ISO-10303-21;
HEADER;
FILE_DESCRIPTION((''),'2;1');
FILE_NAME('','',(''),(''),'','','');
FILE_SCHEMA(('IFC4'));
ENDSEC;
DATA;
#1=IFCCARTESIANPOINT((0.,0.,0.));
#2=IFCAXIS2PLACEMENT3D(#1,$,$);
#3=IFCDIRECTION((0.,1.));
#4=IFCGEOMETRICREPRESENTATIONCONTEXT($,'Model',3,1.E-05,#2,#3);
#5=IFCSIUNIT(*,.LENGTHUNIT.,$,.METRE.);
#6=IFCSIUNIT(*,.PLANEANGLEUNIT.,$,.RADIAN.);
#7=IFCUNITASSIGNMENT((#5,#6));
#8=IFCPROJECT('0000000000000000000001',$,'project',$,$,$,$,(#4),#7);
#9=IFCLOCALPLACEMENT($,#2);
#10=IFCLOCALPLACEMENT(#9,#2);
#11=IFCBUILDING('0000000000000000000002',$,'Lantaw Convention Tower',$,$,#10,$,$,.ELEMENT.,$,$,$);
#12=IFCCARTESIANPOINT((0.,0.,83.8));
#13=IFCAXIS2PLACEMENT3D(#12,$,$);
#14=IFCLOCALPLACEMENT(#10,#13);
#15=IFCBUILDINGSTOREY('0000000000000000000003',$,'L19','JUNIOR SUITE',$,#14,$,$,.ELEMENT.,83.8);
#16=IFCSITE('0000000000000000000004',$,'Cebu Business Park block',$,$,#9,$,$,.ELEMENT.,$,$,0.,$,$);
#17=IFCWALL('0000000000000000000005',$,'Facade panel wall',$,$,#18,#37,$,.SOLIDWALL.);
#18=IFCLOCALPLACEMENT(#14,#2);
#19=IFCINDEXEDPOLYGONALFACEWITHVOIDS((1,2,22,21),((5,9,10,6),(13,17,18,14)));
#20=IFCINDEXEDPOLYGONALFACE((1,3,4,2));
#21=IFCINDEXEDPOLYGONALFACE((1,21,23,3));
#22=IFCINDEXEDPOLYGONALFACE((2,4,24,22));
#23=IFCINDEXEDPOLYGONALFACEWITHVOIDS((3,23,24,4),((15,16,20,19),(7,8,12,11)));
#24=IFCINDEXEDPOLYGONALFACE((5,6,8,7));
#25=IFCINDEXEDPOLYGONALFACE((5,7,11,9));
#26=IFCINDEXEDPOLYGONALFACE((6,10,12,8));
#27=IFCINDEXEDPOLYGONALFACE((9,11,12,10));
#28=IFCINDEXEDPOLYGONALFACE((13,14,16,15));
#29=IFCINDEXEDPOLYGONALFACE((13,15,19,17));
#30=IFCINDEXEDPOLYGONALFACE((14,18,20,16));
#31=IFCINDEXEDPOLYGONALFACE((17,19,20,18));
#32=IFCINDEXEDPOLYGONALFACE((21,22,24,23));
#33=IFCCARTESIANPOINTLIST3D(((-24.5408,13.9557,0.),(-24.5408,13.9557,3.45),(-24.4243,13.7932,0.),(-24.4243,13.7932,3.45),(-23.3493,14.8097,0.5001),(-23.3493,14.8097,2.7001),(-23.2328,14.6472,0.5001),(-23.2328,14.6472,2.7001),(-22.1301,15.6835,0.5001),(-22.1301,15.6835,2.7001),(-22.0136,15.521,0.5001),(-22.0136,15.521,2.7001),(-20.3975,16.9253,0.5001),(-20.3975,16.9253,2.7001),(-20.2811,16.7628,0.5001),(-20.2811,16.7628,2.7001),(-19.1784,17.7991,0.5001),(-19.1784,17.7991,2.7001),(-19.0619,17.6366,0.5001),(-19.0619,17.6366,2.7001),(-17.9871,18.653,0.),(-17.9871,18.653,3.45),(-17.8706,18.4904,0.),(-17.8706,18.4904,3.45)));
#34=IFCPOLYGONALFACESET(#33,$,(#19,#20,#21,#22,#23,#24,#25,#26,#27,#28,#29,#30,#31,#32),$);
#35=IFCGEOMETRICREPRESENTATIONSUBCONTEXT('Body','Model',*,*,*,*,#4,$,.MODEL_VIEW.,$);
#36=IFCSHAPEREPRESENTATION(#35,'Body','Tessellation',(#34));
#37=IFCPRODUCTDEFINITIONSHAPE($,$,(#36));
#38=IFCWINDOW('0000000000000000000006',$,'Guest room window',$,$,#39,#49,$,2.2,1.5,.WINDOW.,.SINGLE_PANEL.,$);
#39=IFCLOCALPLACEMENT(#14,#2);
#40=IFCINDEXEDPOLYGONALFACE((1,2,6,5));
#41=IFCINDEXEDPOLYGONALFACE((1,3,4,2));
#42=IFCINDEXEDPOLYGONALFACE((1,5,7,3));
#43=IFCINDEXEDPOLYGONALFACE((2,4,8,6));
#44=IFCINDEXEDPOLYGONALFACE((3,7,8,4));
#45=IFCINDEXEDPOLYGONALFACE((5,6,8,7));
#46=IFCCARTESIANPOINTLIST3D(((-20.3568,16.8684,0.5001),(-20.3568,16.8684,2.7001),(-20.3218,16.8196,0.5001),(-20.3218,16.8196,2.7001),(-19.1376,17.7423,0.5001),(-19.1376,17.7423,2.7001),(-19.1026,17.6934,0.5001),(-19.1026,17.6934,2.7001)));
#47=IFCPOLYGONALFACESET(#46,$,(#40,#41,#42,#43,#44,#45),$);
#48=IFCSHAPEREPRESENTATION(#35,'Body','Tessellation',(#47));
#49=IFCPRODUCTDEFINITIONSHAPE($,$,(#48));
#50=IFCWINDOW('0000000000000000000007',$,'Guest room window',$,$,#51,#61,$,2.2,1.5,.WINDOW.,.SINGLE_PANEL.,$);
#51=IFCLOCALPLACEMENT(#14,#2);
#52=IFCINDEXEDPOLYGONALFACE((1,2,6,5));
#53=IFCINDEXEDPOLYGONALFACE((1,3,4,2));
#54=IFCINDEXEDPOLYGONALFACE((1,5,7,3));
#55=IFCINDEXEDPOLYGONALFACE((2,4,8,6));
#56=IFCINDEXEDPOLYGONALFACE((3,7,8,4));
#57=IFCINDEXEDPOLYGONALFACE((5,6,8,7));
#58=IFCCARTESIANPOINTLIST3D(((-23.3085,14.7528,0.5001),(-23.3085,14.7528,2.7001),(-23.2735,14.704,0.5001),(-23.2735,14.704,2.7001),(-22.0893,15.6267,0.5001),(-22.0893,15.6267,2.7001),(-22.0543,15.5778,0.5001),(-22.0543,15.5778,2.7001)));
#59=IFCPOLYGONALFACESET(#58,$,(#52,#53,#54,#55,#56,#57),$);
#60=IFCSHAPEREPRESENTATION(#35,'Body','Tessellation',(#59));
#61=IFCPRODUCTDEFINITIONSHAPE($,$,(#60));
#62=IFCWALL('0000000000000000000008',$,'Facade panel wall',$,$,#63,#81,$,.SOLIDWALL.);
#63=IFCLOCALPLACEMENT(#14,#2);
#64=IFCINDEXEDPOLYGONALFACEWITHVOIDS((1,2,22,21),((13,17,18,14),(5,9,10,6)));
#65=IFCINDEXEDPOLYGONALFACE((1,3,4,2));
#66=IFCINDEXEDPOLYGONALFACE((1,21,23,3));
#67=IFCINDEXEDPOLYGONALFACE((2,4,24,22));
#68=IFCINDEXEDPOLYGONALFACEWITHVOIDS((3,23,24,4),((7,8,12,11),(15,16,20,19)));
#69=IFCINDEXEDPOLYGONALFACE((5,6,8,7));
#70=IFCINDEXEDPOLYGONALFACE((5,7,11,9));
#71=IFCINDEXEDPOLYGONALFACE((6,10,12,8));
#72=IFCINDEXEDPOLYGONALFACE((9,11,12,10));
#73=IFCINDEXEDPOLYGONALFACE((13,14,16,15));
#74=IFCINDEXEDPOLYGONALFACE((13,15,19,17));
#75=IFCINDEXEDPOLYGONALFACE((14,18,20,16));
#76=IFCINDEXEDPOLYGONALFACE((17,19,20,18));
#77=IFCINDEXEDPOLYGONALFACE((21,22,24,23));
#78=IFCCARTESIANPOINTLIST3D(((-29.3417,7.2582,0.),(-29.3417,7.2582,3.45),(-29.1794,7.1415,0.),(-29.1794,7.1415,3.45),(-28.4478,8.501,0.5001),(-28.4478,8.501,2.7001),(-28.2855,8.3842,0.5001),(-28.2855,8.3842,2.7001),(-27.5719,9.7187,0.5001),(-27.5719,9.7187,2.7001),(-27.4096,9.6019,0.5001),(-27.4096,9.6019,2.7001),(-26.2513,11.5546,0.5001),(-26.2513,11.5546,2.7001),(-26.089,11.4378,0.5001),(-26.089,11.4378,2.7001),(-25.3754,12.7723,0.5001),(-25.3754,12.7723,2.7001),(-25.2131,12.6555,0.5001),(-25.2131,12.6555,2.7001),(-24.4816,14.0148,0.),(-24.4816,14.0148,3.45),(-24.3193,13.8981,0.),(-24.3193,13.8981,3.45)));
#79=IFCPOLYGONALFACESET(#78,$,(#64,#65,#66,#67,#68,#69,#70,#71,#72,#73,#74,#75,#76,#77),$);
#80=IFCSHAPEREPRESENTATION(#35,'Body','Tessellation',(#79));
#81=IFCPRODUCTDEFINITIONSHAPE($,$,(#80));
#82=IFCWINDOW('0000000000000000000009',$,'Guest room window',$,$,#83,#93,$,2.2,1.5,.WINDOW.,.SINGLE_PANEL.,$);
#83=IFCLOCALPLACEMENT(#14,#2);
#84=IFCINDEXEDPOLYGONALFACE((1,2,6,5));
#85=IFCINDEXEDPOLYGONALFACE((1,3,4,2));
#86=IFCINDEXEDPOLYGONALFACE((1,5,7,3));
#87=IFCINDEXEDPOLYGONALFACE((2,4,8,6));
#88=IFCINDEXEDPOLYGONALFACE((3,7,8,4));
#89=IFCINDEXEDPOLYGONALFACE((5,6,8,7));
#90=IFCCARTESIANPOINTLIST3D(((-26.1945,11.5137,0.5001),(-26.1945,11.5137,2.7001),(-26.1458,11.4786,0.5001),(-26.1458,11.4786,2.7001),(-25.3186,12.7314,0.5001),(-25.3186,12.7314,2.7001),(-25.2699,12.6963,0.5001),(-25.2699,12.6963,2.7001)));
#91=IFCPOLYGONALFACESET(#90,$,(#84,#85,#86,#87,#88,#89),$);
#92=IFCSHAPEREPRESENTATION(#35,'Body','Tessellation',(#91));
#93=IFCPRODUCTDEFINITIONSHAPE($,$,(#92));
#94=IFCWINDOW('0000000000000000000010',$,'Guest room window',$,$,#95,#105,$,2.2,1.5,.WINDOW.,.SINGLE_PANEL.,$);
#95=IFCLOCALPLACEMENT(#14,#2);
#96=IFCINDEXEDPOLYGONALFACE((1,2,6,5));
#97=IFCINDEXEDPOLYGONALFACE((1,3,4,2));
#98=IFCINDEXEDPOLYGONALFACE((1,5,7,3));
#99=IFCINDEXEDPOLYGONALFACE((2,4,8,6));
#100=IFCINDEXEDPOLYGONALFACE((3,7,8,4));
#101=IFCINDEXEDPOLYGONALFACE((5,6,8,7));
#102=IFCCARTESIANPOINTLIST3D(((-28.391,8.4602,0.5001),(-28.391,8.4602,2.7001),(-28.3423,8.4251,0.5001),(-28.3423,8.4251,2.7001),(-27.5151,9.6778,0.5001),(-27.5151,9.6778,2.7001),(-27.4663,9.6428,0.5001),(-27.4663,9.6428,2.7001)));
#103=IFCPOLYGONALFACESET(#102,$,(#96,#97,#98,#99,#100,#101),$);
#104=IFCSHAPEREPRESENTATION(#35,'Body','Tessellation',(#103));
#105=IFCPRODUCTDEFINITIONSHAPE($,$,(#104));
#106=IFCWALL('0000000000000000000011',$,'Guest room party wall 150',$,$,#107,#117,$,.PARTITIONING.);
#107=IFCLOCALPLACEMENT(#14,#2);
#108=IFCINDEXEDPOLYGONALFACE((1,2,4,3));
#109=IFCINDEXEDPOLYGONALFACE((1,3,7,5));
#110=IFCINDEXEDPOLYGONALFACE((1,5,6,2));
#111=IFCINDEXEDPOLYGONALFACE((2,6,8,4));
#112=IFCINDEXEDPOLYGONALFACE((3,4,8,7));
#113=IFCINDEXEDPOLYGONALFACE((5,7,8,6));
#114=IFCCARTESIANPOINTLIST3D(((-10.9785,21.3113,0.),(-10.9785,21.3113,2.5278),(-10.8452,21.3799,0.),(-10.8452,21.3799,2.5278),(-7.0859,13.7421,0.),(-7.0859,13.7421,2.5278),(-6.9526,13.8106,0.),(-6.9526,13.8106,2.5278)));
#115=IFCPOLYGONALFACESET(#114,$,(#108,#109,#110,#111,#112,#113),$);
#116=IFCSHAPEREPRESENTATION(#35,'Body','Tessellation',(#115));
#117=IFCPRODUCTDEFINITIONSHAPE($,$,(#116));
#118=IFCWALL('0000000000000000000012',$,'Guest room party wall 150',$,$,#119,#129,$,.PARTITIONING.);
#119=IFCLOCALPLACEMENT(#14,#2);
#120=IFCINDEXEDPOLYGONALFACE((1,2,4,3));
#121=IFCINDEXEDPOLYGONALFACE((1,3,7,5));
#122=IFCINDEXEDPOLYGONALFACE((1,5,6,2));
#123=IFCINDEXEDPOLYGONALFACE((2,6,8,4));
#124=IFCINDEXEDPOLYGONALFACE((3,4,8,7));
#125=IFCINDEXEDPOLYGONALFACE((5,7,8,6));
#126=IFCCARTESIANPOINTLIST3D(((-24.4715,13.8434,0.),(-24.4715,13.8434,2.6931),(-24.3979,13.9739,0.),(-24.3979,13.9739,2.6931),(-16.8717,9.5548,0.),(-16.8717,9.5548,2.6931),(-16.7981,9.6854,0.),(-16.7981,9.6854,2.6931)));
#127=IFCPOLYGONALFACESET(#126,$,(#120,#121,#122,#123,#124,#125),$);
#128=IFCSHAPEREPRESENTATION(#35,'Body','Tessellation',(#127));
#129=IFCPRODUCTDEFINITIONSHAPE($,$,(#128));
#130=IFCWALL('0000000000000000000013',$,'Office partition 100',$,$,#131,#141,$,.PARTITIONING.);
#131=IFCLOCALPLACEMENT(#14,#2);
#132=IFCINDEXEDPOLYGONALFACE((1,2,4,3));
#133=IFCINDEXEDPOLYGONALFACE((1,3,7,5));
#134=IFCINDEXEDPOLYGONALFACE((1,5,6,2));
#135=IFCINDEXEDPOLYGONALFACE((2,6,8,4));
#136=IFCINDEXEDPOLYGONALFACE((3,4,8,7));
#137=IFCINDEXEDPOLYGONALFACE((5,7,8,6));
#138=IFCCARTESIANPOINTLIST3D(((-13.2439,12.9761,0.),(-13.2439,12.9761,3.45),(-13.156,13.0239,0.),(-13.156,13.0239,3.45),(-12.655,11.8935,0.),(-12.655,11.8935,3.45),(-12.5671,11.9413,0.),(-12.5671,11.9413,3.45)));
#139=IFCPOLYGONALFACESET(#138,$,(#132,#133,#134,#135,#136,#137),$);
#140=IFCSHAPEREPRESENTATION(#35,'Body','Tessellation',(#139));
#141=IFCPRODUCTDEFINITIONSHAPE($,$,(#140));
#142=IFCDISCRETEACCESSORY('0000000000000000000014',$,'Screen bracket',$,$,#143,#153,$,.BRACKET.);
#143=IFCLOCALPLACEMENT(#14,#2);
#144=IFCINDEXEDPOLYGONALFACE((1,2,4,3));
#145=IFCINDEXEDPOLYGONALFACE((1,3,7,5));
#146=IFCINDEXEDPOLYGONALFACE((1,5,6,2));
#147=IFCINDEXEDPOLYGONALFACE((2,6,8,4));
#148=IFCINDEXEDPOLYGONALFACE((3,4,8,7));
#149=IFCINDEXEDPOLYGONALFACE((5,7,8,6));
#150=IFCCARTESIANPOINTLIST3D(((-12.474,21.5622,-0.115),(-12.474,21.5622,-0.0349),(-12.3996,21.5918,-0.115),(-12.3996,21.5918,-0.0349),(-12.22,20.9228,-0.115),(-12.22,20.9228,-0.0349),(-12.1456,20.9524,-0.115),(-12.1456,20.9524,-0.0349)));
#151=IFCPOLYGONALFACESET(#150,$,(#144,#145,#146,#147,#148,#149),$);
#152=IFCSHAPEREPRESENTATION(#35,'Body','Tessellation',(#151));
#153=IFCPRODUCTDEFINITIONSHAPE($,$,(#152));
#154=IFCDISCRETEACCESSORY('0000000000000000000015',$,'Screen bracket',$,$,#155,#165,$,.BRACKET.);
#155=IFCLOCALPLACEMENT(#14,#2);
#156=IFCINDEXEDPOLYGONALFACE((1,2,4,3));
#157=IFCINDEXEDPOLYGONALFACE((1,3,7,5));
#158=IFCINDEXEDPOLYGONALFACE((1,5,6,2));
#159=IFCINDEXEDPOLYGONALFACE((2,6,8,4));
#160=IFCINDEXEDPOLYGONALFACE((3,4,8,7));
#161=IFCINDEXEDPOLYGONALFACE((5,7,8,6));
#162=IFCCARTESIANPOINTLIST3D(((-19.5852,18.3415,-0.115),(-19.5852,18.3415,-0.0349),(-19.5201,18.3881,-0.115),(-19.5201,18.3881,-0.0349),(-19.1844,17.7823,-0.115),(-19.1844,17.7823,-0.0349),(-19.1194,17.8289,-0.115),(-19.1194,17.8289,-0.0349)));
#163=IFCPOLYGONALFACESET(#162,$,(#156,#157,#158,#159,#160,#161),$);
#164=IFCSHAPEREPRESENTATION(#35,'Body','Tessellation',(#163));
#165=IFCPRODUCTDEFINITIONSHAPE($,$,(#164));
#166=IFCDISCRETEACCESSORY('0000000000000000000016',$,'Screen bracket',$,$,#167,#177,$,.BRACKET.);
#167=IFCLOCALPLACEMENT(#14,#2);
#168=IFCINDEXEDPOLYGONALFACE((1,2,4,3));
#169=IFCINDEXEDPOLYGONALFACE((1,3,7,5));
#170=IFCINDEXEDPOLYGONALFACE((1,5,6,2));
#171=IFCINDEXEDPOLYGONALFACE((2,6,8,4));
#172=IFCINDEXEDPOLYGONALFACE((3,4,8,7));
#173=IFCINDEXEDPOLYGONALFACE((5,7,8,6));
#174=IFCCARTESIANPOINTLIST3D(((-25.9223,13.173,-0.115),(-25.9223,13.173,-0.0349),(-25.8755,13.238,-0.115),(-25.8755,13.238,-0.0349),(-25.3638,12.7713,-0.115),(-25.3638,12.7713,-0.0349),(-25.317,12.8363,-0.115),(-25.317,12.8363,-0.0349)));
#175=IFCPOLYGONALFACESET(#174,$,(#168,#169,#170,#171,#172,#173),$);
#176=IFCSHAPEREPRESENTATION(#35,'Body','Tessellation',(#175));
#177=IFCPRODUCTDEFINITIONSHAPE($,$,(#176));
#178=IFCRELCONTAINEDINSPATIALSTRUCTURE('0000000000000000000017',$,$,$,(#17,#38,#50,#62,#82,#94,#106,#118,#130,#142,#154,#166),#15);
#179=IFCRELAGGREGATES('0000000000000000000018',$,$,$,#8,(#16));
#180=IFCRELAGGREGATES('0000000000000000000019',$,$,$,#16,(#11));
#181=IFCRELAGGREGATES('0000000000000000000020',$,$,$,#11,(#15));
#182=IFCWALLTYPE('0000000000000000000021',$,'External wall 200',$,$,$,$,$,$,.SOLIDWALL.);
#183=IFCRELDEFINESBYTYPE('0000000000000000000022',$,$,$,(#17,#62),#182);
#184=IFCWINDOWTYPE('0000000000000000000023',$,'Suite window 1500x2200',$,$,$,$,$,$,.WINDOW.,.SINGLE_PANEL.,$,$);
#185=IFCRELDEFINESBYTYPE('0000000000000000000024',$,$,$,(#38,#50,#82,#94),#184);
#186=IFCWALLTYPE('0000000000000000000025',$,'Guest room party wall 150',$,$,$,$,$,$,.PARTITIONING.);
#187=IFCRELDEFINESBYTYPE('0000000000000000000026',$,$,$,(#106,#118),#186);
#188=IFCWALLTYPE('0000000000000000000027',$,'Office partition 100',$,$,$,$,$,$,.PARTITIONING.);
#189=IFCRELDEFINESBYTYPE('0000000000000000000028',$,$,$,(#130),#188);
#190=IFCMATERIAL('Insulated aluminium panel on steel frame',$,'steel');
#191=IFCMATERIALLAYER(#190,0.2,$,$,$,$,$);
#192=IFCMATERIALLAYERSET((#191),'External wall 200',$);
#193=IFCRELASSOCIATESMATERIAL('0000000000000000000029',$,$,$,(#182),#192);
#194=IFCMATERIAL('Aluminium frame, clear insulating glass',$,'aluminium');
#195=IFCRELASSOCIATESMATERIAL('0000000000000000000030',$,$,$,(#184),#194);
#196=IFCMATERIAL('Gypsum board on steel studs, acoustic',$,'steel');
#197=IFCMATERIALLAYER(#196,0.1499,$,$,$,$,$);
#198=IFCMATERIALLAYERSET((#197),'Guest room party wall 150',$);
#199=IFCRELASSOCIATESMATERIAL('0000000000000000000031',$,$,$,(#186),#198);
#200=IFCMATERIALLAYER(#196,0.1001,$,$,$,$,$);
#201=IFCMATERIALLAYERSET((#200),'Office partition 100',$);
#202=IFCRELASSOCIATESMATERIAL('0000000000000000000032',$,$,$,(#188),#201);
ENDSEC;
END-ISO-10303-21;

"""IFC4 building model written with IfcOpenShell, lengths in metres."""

from ifc_helpers import new_model, si_unit, direction, frame, frame_2d, origin, origin_2d, place, context, subcontext, project, spatial, rectangle, extrude, material, layer, layer_set, type_object, element, fill, save


model = new_model("IFC4")

# Units and contexts
model_context = context("Model", 3, precision=1e-05, world=origin(), true_north=direction((0.0, 1.0)))
body_context = subcontext(model_context, "Body", "Model", "MODEL_VIEW")
ifc_project = project(units=[si_unit("LENGTHUNIT", "METRE"), si_unit("PLANEANGLEUNIT", "RADIAN")], contexts=[model_context])

# Site, building, storey
site_placement = place(None, origin())
site = spatial("IfcSite", under=ifc_project, at=site_placement, Name="Cebu Business Park block", CompositionType="ELEMENT", RefElevation=0.0)
building_placement = place(site_placement, origin())
building = spatial("IfcBuilding", under=site, at=building_placement, Name="Lantaw Convention Tower", CompositionType="ELEMENT")
storey_placement = place(building_placement, frame((0.0, 0.0, 83.8)))
storey = spatial("IfcBuildingStorey", under=building, at=storey_placement, Name="L19", Description="JUNIOR SUITE", CompositionType="ELEMENT", Elevation=83.8)

# Walls, openings, windows
ifc_material_1 = material(Name="Insulated aluminium panel on steel frame", Category="steel")
ifc_layer_1 = layer(ifc_material_1, 0.2)
ifc_layer_set_1 = layer_set([ifc_layer_1], Name="External wall 200")
wall_type_1 = type_object("IfcWallType", Name="External wall 200", PredefinedType="SOLIDWALL", material=ifc_layer_set_1)
ifc_material_2 = material(Name="Aluminium frame, clear insulating glass", Category="aluminium")
window_type = type_object("IfcWindowType", Name="Suite window 1500x2200", PartitioningType="SINGLE_PANEL", PredefinedType="WINDOW", material=ifc_material_2)
wall_1_placement = place(storey_placement, frame((-17.9287, 18.5718, 0.0), z_axis=(0.0, 0.0, 1.0), x_axis=(-0.812791, -0.582555, 0.0)))
wall_1 = element("IfcWall", 1, at=wall_1_placement, inside=storey, type_object=wall_type_1, Name="Facade panel wall", PredefinedType="SOLIDWALL", context=body_context, shape_type="SweptSolid", body=[
    extrude(rectangle(XDim=8.0632, YDim=0.2, at=frame_2d((4.0317, 0.0))), origin(), (0.0, 0.0, 1.0), 3.45),
])
opening_1_placement = place(wall_1_placement, frame((1.4658, 0.0, 0.5)))
opening_1 = element("IfcOpeningElement", 2, at=opening_1_placement, cuts=wall_1, PredefinedType="OPENING", context=body_context, shape_type="SweptSolid", body=[
    extrude(rectangle(XDim=1.5, YDim=2.2, at=frame_2d((0.75, 1.1001))), frame((0.0, 0.1099, 0.0), z_axis=(0.0, -1.0, 0.0), x_axis=(1.0, 0.0, 0.0)), (0.0, 0.0, 1.0), 0.22),
])
opening_2_placement = place(wall_1_placement, frame((5.0974, 0.0, 0.5)))
opening_2 = element("IfcOpeningElement", 3, at=opening_2_placement, cuts=wall_1, PredefinedType="OPENING", context=body_context, shape_type="SweptSolid", body=[
    extrude(rectangle(XDim=1.5, YDim=2.2, at=frame_2d((0.75, 1.1001))), frame((0.0, 0.1099, 0.0), z_axis=(0.0, -1.0, 0.0), x_axis=(1.0, 0.0, 0.0)), (0.0, 0.0, 1.0), 0.22),
])
window_1_placement = place(opening_1_placement, origin())
window_1 = element("IfcWindow", 4, at=window_1_placement, inside=storey, type_object=window_type, Name="Guest room window", OverallHeight=2.2, OverallWidth=1.5, PartitioningType="SINGLE_PANEL", PredefinedType="WINDOW", context=body_context, shape_type="SweptSolid", body=[
    extrude(rectangle(XDim=1.5, YDim=2.2, at=frame_2d((0.75, 1.1001))), frame((0.0, 0.03, 0.0), z_axis=(0.0, -1.0, 0.0), x_axis=(1.0, 0.0, 0.0)), (0.0, 0.0, 1.0), 0.0601),
])
fill(opening_1, window_1)
window_2_placement = place(opening_2_placement, origin())
window_2 = element("IfcWindow", 5, at=window_2_placement, inside=storey, type_object=window_type, Name="Guest room window", OverallHeight=2.2, OverallWidth=1.5, PartitioningType="SINGLE_PANEL", PredefinedType="WINDOW", context=body_context, shape_type="SweptSolid", body=[
    extrude(rectangle(XDim=1.5, YDim=2.2, at=frame_2d((0.75, 1.1001))), frame((0.0, 0.03, 0.0), z_axis=(0.0, -1.0, 0.0), x_axis=(1.0, 0.0, 0.0)), (0.0, 0.0, 1.0), 0.0601),
])
fill(opening_2, window_2)
wall_2_placement = place(storey_placement, frame((-24.4004, 13.9565, 0.0), z_axis=(0.0, 0.0, 1.0), x_axis=(-0.583938, -0.811799, 0.0)))
wall_2 = element("IfcWall", 6, at=wall_2_placement, inside=storey, type_object=wall_type_1, Name="Facade panel wall", PredefinedType="SOLIDWALL", context=body_context, shape_type="SweptSolid", body=[
    extrude(rectangle(XDim=8.323, YDim=0.2, at=frame_2d((4.1616, 0.0))), origin(), (0.0, 0.0, 1.0), 3.45),
])
opening_3_placement = place(wall_2_placement, frame((1.5308, 0.0, 0.5)))
opening_3 = element("IfcOpeningElement", 7, at=opening_3_placement, cuts=wall_2, PredefinedType="OPENING", context=body_context, shape_type="SweptSolid", body=[
    extrude(rectangle(XDim=1.5, YDim=2.2, at=frame_2d((0.75, 1.1001))), frame((0.0, 0.1099, 0.0), z_axis=(0.0, -1.0, 0.0), x_axis=(1.0, 0.0, 0.0)), (0.0, 0.0, 1.0), 0.22),
])
opening_4_placement = place(wall_2_placement, frame((5.2922, 0.0, 0.5)))
opening_4 = element("IfcOpeningElement", 8, at=opening_4_placement, cuts=wall_2, PredefinedType="OPENING", context=body_context, shape_type="SweptSolid", body=[
    extrude(rectangle(XDim=1.5, YDim=2.2, at=frame_2d((0.75, 1.1001))), frame((0.0, 0.1099, 0.0), z_axis=(0.0, -1.0, 0.0), x_axis=(1.0, 0.0, 0.0)), (0.0, 0.0, 1.0), 0.22),
])
window_3_placement = place(opening_3_placement, origin())
window_3 = element("IfcWindow", 9, at=window_3_placement, inside=storey, type_object=window_type, Name="Guest room window", OverallHeight=2.2, OverallWidth=1.5, PartitioningType="SINGLE_PANEL", PredefinedType="WINDOW", context=body_context, shape_type="SweptSolid", body=[
    extrude(rectangle(XDim=1.5, YDim=2.2, at=frame_2d((0.75, 1.1001))), frame((0.0, 0.03, 0.0), z_axis=(0.0, -1.0, 0.0), x_axis=(1.0, 0.0, 0.0)), (0.0, 0.0, 1.0), 0.0601),
])
fill(opening_3, window_3)
window_4_placement = place(opening_4_placement, origin())
window_4 = element("IfcWindow", 10, at=window_4_placement, inside=storey, type_object=window_type, Name="Guest room window", OverallHeight=2.2, OverallWidth=1.5, PartitioningType="SINGLE_PANEL", PredefinedType="WINDOW", context=body_context, shape_type="SweptSolid", body=[
    extrude(rectangle(XDim=1.5, YDim=2.2, at=frame_2d((0.75, 1.1001))), frame((0.0, 0.03, 0.0), z_axis=(0.0, -1.0, 0.0), x_axis=(1.0, 0.0, 0.0)), (0.0, 0.0, 1.0), 0.0601),
])
fill(opening_4, window_4)

# Walls
ifc_material_3 = material(Name="Gypsum board on steel studs, acoustic", Category="steel")
ifc_layer_2 = layer(ifc_material_3, 0.1499)
ifc_layer_set_2 = layer_set([ifc_layer_2], Name="Guest room party wall 150")
wall_type_2 = type_object("IfcWallType", Name="Guest room party wall 150", PredefinedType="PARTITIONING", material=ifc_layer_set_2)
wall_3_placement = place(storey_placement, frame((-10.9119, 21.3457, 0.0), z_axis=(0.0, 0.0, 1.0), x_axis=(0.457327, -0.889298, 0.0)))
element("IfcWall", 11, at=wall_3_placement, inside=storey, type_object=wall_type_2, Name="Guest room party wall 150", PredefinedType="PARTITIONING", context=body_context, shape_type="SweptSolid", body=[
    extrude(rectangle(XDim=8.5115, YDim=0.1499, at=frame_2d((4.2559, 0.0))), origin(), (0.0, 0.0, 1.0), 2.5278),
])
wall_4_placement = place(storey_placement, frame((-24.4348, 13.9087, 0.0), z_axis=(0.0, 0.0, 1.0), x_axis=(0.870906, -0.49145, 0.0)))
element("IfcWall", 12, at=wall_4_placement, inside=storey, type_object=wall_type_2, Name="Guest room party wall 150", PredefinedType="PARTITIONING", context=body_context, shape_type="SweptSolid", body=[
    extrude(rectangle(XDim=8.7263, YDim=0.1499, at=frame_2d((4.3633, 0.0))), origin(), (0.0, 0.0, 1.0), 2.6931),
])
ifc_layer_3 = layer(ifc_material_3, 0.1001)
ifc_layer_set_3 = layer_set([ifc_layer_3], Name="Office partition 100")
wall_type_3 = type_object("IfcWallType", Name="Office partition 100", PredefinedType="PARTITIONING", material=ifc_layer_set_3)
wall_5_placement = place(storey_placement, frame((-13.2, 13.0, 0.0), z_axis=(0.0, 0.0, 1.0), x_axis=(0.477852, -0.87844, 0.0)))
element("IfcWall", 13, at=wall_5_placement, inside=storey, type_object=wall_type_3, Name="Office partition 100", PredefinedType="PARTITIONING", context=body_context, shape_type="SweptSolid", body=[
    extrude(rectangle(XDim=1.2324, YDim=0.1001, at=frame_2d((0.6162, 0.0))), origin(), (0.0, 0.0, 1.0), 3.45),
])

# Discrete accessories
for number, where, z_axis, x_axis, name in (
    (14, (-12.3098, 21.2573, -0.115), (0.0, 0.0, 1.0), (-0.929361, -0.369172, 0.0), "Screen bracket"),
    (15, (-19.3523, 18.0852, -0.115), (0.0, 0.0, 1.0), (-0.812804, -0.582538, 0.0), "Screen bracket"),
    (16, (-25.6196, 13.0046, -0.115), (0.0, 0.0, 1.0), (-0.583951, -0.811789, 0.0), "Screen bracket"),
):
    element("IfcDiscreteAccessory", number, at=place(storey_placement, frame(where, z_axis=z_axis, x_axis=x_axis)), inside=storey, Name=name, PredefinedType="BRACKET", context=body_context, shape_type="SweptSolid", body=[
        extrude(rectangle(XDim=0.0801, YDim=0.688, at=origin_2d()), origin(), (0.0, 0.0, 1.0), 0.0801),
    ])

save(model, "model.ifc")
